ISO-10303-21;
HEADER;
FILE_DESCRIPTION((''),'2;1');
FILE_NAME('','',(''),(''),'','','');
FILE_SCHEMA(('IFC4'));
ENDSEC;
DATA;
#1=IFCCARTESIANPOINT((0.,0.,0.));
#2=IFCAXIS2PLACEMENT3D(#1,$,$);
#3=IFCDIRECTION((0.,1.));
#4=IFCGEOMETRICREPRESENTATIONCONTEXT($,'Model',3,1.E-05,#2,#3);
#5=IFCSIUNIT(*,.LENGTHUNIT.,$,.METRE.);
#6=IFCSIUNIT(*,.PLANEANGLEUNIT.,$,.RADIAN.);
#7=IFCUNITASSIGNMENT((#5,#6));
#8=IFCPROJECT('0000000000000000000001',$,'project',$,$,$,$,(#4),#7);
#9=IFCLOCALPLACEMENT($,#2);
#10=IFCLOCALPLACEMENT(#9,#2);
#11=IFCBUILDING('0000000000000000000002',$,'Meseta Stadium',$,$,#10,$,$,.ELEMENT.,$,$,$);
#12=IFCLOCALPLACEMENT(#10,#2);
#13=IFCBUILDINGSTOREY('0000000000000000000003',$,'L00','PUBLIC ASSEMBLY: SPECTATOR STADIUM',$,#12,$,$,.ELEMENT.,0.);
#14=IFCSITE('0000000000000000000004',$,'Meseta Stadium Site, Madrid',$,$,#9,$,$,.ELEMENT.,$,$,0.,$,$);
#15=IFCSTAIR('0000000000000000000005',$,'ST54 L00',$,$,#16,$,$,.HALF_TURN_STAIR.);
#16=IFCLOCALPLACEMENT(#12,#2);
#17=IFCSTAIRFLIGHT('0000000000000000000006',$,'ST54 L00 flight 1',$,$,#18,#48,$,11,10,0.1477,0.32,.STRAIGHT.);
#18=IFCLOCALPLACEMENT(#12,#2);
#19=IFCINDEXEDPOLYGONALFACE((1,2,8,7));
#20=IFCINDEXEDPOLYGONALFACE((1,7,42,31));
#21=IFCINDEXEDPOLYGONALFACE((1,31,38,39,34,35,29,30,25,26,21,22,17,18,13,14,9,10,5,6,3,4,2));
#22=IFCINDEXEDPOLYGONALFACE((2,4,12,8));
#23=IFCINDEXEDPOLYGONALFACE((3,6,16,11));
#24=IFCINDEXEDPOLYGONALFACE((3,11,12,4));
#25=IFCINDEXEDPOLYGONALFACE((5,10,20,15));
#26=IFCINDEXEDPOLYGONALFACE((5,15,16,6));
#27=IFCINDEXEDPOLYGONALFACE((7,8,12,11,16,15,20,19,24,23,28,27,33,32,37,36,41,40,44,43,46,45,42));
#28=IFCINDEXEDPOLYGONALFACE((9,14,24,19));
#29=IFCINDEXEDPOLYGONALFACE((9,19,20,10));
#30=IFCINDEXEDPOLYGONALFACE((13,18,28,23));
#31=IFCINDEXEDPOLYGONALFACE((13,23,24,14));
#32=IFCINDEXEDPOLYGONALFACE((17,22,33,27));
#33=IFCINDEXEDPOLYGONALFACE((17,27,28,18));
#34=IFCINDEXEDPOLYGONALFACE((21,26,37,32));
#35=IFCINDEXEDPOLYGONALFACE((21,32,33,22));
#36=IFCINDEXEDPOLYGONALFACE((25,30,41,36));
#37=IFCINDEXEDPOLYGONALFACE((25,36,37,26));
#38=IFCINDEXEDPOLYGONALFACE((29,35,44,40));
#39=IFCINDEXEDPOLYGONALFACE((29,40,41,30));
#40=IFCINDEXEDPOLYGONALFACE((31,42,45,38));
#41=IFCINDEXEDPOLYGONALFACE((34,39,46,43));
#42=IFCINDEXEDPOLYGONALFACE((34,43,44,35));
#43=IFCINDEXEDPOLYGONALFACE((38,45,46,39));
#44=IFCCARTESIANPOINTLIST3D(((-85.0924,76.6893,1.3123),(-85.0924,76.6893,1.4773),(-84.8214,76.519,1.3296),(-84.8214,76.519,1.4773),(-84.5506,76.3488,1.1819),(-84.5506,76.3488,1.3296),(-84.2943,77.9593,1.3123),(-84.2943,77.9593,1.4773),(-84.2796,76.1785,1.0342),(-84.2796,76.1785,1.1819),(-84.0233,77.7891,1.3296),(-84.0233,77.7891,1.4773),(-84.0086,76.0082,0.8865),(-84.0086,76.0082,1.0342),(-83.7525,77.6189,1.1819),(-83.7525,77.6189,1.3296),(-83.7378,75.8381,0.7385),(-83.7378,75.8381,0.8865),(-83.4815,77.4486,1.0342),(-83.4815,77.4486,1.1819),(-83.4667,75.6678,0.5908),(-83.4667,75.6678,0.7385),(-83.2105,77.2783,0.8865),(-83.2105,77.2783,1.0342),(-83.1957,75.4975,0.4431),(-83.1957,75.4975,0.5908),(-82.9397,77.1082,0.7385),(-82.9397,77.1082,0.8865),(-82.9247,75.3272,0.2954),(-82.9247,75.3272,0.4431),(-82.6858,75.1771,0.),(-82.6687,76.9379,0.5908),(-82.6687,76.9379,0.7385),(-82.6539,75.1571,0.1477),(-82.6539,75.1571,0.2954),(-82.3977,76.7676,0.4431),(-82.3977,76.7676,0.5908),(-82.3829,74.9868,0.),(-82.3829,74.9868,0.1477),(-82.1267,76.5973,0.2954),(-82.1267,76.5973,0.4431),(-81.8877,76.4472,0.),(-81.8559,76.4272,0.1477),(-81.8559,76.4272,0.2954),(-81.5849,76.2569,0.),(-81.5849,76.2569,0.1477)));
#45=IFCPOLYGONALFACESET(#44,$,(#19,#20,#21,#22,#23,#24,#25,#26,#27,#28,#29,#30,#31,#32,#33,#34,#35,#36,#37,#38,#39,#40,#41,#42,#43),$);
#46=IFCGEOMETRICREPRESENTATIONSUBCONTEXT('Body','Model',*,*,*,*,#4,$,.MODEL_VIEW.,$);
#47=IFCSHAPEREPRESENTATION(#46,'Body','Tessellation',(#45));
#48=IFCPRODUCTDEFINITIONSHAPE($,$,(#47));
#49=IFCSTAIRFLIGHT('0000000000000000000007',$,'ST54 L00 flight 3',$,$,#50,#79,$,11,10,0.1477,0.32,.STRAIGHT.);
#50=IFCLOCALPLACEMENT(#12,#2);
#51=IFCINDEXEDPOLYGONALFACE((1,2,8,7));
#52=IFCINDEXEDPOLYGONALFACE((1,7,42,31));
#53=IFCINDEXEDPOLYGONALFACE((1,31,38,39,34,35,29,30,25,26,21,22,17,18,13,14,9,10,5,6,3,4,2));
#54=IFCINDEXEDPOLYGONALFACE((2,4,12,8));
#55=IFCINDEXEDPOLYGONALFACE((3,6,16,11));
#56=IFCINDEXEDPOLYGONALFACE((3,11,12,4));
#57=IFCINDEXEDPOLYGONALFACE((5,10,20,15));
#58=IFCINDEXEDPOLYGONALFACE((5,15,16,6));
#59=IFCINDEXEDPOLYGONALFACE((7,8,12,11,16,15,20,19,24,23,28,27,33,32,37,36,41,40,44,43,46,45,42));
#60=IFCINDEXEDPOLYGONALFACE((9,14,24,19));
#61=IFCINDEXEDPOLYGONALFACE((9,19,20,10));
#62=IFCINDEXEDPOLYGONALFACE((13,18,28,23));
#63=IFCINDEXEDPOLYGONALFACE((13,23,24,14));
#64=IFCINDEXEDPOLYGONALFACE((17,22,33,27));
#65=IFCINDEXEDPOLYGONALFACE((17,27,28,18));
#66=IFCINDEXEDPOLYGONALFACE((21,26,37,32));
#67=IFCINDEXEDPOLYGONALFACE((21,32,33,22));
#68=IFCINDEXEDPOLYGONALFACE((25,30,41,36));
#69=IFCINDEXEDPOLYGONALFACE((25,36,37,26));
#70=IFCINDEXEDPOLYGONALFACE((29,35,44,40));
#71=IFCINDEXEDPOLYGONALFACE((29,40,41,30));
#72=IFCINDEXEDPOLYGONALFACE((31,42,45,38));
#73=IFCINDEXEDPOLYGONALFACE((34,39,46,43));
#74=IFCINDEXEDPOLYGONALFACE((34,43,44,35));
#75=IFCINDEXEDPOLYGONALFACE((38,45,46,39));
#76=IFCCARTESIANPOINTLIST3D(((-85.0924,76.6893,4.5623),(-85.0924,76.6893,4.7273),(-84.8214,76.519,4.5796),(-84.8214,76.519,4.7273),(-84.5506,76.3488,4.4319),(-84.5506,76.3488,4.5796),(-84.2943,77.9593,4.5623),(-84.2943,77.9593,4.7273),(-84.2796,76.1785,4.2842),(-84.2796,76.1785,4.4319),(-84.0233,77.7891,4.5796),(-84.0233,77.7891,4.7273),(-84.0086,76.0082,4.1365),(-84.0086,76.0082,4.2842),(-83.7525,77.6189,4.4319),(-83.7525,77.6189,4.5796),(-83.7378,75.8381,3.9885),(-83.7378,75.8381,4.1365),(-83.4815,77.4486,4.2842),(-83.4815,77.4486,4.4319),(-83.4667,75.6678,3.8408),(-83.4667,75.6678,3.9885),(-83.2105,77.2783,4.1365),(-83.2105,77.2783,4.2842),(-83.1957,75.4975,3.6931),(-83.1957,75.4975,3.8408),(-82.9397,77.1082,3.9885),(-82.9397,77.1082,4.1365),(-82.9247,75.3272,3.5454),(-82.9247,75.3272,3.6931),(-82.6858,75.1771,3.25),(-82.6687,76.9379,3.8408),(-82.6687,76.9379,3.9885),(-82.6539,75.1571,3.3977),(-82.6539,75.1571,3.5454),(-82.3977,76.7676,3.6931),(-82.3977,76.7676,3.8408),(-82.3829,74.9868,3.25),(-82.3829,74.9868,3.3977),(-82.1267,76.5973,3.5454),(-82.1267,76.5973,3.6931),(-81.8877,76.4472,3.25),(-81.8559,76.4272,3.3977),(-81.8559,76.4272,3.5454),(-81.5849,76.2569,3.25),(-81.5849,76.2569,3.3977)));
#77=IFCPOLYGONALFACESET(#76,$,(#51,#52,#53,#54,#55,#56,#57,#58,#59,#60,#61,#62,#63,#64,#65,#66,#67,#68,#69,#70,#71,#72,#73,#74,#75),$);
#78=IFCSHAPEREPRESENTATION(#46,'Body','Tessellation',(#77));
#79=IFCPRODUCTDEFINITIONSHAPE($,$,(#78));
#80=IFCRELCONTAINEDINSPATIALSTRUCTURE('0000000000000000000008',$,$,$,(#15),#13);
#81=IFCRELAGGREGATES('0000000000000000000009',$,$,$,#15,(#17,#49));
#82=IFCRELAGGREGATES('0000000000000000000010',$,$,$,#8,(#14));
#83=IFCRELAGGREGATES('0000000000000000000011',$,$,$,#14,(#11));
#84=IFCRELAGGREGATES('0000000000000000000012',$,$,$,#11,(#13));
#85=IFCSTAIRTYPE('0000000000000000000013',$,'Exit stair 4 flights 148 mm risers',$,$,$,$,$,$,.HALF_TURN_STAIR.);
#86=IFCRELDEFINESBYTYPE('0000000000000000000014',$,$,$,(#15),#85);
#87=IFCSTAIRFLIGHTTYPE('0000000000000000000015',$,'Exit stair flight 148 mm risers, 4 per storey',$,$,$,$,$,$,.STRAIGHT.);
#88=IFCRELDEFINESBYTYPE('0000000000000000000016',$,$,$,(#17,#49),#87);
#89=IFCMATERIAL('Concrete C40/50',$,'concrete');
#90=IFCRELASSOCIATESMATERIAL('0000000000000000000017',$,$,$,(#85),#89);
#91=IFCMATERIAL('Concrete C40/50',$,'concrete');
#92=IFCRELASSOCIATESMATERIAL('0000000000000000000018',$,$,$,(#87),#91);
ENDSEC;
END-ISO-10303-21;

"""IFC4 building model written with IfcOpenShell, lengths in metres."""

from ifc_helpers import new_model, si_unit, direction, frame, origin, place, context, subcontext, project, spatial, polyline, outline, extrude, material, type_object, element, aggregate, save


model = new_model("IFC4")

# Units and contexts
model_context = context("Model", 3, precision=1e-05, world=origin(), true_north=direction((0.0, 1.0)))
body_context = subcontext(model_context, "Body", "Model", "MODEL_VIEW")
ifc_project = project(units=[si_unit("LENGTHUNIT", "METRE"), si_unit("PLANEANGLEUNIT", "RADIAN")], contexts=[model_context])

# Site, building, storey
site_placement = place(None, origin())
site = spatial("IfcSite", under=ifc_project, at=site_placement, Name="Meseta Stadium Site, Madrid", CompositionType="ELEMENT", RefElevation=0.0)
building_placement = place(site_placement, origin())
building = spatial("IfcBuilding", under=site, at=building_placement, Name="Meseta Stadium", CompositionType="ELEMENT")
storey_placement = place(building_placement, origin())
storey = spatial("IfcBuildingStorey", under=building, at=storey_placement, Name="L00", Description="PUBLIC ASSEMBLY: SPECTATOR STADIUM", CompositionType="ELEMENT", Elevation=0.0)

# Stair, stair flights
ifc_material_1 = material(Name="Concrete C40/50", Category="concrete")
stair_type = type_object("IfcStairType", Name="Exit stair 4 flights 148 mm risers", PredefinedType="HALF_TURN_STAIR", material=ifc_material_1)
ifc_material_2 = material(Name="Concrete C40/50", Category="concrete")
stair_flight_type = type_object("IfcStairFlightType", Name="Exit stair flight 148 mm risers, 4 per storey", PredefinedType="STRAIGHT", material=ifc_material_2)
stair_1_placement = place(storey_placement, origin())
stair_1 = element("IfcStair", 1, at=stair_1_placement, inside=storey, type_object=stair_type, Name="ST54 L00", PredefinedType="HALF_TURN_STAIR")
stair_flight_1_placement = place(storey_placement, frame((-81.9839, 75.6218, 0.0), z_axis=(0.0, 0.0, 1.0), x_axis=(-0.846724, 0.532032, 0.0)))
stair_flight_1 = element("IfcStairFlight", 2, at=stair_flight_1_placement, type_object=stair_flight_type, Name="ST54 L00 flight 1", NumberOfRisers=11, NumberOfTreads=10, PredefinedType="STRAIGHT", RiserHeight=0.1477, TreadLength=0.32, context=body_context, shape_type="SweptSolid", body=[
    extrude(outline(polyline([(0.0, 0.0), (0.0, 0.1477), (0.3201, 0.1477), (0.3201, 0.2954), (0.6399, 0.2954), (0.6399, 0.4431), (0.96, 0.4431), (0.96, 0.5908), (1.28, 0.5908), (1.28, 0.7385), (1.6001, 0.7385), (1.6001, 0.8865), (1.9199, 0.8865), (1.9199, 1.0342), (2.24, 1.0342), (2.24, 1.1819), (2.5601, 1.1819), (2.5601, 1.3296), (2.8799, 1.3296), (2.8799, 1.4773), (3.2, 1.4773), (3.2, 1.3123), (0.3577, 0.0), (0.0, 0.0)])), frame((0.0, 0.75, 0.0), z_axis=(0.0, -1.0, 0.0), x_axis=(1.0, 0.0, 0.0)), (0.0, 0.0, 1.0), 1.5),
])
stair_flight_2_placement = place(storey_placement, frame((-81.9839, 75.6218, 3.25), z_axis=(0.0, 0.0, 1.0), x_axis=(-0.846724, 0.532032, 0.0)))
stair_flight_2 = element("IfcStairFlight", 3, at=stair_flight_2_placement, type_object=stair_flight_type, Name="ST54 L00 flight 3", NumberOfRisers=11, NumberOfTreads=10, PredefinedType="STRAIGHT", RiserHeight=0.1477, TreadLength=0.32, context=body_context, shape_type="SweptSolid", body=[
    extrude(outline(polyline([(0.0, 0.0), (0.0, 0.1477), (0.3201, 0.1477), (0.3201, 0.2954), (0.6399, 0.2954), (0.6399, 0.4431), (0.96, 0.4431), (0.96, 0.5908), (1.28, 0.5908), (1.28, 0.7385), (1.6001, 0.7385), (1.6001, 0.8865), (1.9199, 0.8865), (1.9199, 1.0342), (2.24, 1.0342), (2.24, 1.1819), (2.5601, 1.1819), (2.5601, 1.3296), (2.8799, 1.3296), (2.8799, 1.4773), (3.2, 1.4773), (3.2, 1.3123), (0.3577, 0.0), (0.0, 0.0)])), frame((0.0, 0.75, 0.0), z_axis=(0.0, -1.0, 0.0), x_axis=(1.0, 0.0, 0.0)), (0.0, 0.0, 1.0), 1.5),
])
aggregate(stair_1, [stair_flight_1, stair_flight_2])

save(model, "model.ifc")
